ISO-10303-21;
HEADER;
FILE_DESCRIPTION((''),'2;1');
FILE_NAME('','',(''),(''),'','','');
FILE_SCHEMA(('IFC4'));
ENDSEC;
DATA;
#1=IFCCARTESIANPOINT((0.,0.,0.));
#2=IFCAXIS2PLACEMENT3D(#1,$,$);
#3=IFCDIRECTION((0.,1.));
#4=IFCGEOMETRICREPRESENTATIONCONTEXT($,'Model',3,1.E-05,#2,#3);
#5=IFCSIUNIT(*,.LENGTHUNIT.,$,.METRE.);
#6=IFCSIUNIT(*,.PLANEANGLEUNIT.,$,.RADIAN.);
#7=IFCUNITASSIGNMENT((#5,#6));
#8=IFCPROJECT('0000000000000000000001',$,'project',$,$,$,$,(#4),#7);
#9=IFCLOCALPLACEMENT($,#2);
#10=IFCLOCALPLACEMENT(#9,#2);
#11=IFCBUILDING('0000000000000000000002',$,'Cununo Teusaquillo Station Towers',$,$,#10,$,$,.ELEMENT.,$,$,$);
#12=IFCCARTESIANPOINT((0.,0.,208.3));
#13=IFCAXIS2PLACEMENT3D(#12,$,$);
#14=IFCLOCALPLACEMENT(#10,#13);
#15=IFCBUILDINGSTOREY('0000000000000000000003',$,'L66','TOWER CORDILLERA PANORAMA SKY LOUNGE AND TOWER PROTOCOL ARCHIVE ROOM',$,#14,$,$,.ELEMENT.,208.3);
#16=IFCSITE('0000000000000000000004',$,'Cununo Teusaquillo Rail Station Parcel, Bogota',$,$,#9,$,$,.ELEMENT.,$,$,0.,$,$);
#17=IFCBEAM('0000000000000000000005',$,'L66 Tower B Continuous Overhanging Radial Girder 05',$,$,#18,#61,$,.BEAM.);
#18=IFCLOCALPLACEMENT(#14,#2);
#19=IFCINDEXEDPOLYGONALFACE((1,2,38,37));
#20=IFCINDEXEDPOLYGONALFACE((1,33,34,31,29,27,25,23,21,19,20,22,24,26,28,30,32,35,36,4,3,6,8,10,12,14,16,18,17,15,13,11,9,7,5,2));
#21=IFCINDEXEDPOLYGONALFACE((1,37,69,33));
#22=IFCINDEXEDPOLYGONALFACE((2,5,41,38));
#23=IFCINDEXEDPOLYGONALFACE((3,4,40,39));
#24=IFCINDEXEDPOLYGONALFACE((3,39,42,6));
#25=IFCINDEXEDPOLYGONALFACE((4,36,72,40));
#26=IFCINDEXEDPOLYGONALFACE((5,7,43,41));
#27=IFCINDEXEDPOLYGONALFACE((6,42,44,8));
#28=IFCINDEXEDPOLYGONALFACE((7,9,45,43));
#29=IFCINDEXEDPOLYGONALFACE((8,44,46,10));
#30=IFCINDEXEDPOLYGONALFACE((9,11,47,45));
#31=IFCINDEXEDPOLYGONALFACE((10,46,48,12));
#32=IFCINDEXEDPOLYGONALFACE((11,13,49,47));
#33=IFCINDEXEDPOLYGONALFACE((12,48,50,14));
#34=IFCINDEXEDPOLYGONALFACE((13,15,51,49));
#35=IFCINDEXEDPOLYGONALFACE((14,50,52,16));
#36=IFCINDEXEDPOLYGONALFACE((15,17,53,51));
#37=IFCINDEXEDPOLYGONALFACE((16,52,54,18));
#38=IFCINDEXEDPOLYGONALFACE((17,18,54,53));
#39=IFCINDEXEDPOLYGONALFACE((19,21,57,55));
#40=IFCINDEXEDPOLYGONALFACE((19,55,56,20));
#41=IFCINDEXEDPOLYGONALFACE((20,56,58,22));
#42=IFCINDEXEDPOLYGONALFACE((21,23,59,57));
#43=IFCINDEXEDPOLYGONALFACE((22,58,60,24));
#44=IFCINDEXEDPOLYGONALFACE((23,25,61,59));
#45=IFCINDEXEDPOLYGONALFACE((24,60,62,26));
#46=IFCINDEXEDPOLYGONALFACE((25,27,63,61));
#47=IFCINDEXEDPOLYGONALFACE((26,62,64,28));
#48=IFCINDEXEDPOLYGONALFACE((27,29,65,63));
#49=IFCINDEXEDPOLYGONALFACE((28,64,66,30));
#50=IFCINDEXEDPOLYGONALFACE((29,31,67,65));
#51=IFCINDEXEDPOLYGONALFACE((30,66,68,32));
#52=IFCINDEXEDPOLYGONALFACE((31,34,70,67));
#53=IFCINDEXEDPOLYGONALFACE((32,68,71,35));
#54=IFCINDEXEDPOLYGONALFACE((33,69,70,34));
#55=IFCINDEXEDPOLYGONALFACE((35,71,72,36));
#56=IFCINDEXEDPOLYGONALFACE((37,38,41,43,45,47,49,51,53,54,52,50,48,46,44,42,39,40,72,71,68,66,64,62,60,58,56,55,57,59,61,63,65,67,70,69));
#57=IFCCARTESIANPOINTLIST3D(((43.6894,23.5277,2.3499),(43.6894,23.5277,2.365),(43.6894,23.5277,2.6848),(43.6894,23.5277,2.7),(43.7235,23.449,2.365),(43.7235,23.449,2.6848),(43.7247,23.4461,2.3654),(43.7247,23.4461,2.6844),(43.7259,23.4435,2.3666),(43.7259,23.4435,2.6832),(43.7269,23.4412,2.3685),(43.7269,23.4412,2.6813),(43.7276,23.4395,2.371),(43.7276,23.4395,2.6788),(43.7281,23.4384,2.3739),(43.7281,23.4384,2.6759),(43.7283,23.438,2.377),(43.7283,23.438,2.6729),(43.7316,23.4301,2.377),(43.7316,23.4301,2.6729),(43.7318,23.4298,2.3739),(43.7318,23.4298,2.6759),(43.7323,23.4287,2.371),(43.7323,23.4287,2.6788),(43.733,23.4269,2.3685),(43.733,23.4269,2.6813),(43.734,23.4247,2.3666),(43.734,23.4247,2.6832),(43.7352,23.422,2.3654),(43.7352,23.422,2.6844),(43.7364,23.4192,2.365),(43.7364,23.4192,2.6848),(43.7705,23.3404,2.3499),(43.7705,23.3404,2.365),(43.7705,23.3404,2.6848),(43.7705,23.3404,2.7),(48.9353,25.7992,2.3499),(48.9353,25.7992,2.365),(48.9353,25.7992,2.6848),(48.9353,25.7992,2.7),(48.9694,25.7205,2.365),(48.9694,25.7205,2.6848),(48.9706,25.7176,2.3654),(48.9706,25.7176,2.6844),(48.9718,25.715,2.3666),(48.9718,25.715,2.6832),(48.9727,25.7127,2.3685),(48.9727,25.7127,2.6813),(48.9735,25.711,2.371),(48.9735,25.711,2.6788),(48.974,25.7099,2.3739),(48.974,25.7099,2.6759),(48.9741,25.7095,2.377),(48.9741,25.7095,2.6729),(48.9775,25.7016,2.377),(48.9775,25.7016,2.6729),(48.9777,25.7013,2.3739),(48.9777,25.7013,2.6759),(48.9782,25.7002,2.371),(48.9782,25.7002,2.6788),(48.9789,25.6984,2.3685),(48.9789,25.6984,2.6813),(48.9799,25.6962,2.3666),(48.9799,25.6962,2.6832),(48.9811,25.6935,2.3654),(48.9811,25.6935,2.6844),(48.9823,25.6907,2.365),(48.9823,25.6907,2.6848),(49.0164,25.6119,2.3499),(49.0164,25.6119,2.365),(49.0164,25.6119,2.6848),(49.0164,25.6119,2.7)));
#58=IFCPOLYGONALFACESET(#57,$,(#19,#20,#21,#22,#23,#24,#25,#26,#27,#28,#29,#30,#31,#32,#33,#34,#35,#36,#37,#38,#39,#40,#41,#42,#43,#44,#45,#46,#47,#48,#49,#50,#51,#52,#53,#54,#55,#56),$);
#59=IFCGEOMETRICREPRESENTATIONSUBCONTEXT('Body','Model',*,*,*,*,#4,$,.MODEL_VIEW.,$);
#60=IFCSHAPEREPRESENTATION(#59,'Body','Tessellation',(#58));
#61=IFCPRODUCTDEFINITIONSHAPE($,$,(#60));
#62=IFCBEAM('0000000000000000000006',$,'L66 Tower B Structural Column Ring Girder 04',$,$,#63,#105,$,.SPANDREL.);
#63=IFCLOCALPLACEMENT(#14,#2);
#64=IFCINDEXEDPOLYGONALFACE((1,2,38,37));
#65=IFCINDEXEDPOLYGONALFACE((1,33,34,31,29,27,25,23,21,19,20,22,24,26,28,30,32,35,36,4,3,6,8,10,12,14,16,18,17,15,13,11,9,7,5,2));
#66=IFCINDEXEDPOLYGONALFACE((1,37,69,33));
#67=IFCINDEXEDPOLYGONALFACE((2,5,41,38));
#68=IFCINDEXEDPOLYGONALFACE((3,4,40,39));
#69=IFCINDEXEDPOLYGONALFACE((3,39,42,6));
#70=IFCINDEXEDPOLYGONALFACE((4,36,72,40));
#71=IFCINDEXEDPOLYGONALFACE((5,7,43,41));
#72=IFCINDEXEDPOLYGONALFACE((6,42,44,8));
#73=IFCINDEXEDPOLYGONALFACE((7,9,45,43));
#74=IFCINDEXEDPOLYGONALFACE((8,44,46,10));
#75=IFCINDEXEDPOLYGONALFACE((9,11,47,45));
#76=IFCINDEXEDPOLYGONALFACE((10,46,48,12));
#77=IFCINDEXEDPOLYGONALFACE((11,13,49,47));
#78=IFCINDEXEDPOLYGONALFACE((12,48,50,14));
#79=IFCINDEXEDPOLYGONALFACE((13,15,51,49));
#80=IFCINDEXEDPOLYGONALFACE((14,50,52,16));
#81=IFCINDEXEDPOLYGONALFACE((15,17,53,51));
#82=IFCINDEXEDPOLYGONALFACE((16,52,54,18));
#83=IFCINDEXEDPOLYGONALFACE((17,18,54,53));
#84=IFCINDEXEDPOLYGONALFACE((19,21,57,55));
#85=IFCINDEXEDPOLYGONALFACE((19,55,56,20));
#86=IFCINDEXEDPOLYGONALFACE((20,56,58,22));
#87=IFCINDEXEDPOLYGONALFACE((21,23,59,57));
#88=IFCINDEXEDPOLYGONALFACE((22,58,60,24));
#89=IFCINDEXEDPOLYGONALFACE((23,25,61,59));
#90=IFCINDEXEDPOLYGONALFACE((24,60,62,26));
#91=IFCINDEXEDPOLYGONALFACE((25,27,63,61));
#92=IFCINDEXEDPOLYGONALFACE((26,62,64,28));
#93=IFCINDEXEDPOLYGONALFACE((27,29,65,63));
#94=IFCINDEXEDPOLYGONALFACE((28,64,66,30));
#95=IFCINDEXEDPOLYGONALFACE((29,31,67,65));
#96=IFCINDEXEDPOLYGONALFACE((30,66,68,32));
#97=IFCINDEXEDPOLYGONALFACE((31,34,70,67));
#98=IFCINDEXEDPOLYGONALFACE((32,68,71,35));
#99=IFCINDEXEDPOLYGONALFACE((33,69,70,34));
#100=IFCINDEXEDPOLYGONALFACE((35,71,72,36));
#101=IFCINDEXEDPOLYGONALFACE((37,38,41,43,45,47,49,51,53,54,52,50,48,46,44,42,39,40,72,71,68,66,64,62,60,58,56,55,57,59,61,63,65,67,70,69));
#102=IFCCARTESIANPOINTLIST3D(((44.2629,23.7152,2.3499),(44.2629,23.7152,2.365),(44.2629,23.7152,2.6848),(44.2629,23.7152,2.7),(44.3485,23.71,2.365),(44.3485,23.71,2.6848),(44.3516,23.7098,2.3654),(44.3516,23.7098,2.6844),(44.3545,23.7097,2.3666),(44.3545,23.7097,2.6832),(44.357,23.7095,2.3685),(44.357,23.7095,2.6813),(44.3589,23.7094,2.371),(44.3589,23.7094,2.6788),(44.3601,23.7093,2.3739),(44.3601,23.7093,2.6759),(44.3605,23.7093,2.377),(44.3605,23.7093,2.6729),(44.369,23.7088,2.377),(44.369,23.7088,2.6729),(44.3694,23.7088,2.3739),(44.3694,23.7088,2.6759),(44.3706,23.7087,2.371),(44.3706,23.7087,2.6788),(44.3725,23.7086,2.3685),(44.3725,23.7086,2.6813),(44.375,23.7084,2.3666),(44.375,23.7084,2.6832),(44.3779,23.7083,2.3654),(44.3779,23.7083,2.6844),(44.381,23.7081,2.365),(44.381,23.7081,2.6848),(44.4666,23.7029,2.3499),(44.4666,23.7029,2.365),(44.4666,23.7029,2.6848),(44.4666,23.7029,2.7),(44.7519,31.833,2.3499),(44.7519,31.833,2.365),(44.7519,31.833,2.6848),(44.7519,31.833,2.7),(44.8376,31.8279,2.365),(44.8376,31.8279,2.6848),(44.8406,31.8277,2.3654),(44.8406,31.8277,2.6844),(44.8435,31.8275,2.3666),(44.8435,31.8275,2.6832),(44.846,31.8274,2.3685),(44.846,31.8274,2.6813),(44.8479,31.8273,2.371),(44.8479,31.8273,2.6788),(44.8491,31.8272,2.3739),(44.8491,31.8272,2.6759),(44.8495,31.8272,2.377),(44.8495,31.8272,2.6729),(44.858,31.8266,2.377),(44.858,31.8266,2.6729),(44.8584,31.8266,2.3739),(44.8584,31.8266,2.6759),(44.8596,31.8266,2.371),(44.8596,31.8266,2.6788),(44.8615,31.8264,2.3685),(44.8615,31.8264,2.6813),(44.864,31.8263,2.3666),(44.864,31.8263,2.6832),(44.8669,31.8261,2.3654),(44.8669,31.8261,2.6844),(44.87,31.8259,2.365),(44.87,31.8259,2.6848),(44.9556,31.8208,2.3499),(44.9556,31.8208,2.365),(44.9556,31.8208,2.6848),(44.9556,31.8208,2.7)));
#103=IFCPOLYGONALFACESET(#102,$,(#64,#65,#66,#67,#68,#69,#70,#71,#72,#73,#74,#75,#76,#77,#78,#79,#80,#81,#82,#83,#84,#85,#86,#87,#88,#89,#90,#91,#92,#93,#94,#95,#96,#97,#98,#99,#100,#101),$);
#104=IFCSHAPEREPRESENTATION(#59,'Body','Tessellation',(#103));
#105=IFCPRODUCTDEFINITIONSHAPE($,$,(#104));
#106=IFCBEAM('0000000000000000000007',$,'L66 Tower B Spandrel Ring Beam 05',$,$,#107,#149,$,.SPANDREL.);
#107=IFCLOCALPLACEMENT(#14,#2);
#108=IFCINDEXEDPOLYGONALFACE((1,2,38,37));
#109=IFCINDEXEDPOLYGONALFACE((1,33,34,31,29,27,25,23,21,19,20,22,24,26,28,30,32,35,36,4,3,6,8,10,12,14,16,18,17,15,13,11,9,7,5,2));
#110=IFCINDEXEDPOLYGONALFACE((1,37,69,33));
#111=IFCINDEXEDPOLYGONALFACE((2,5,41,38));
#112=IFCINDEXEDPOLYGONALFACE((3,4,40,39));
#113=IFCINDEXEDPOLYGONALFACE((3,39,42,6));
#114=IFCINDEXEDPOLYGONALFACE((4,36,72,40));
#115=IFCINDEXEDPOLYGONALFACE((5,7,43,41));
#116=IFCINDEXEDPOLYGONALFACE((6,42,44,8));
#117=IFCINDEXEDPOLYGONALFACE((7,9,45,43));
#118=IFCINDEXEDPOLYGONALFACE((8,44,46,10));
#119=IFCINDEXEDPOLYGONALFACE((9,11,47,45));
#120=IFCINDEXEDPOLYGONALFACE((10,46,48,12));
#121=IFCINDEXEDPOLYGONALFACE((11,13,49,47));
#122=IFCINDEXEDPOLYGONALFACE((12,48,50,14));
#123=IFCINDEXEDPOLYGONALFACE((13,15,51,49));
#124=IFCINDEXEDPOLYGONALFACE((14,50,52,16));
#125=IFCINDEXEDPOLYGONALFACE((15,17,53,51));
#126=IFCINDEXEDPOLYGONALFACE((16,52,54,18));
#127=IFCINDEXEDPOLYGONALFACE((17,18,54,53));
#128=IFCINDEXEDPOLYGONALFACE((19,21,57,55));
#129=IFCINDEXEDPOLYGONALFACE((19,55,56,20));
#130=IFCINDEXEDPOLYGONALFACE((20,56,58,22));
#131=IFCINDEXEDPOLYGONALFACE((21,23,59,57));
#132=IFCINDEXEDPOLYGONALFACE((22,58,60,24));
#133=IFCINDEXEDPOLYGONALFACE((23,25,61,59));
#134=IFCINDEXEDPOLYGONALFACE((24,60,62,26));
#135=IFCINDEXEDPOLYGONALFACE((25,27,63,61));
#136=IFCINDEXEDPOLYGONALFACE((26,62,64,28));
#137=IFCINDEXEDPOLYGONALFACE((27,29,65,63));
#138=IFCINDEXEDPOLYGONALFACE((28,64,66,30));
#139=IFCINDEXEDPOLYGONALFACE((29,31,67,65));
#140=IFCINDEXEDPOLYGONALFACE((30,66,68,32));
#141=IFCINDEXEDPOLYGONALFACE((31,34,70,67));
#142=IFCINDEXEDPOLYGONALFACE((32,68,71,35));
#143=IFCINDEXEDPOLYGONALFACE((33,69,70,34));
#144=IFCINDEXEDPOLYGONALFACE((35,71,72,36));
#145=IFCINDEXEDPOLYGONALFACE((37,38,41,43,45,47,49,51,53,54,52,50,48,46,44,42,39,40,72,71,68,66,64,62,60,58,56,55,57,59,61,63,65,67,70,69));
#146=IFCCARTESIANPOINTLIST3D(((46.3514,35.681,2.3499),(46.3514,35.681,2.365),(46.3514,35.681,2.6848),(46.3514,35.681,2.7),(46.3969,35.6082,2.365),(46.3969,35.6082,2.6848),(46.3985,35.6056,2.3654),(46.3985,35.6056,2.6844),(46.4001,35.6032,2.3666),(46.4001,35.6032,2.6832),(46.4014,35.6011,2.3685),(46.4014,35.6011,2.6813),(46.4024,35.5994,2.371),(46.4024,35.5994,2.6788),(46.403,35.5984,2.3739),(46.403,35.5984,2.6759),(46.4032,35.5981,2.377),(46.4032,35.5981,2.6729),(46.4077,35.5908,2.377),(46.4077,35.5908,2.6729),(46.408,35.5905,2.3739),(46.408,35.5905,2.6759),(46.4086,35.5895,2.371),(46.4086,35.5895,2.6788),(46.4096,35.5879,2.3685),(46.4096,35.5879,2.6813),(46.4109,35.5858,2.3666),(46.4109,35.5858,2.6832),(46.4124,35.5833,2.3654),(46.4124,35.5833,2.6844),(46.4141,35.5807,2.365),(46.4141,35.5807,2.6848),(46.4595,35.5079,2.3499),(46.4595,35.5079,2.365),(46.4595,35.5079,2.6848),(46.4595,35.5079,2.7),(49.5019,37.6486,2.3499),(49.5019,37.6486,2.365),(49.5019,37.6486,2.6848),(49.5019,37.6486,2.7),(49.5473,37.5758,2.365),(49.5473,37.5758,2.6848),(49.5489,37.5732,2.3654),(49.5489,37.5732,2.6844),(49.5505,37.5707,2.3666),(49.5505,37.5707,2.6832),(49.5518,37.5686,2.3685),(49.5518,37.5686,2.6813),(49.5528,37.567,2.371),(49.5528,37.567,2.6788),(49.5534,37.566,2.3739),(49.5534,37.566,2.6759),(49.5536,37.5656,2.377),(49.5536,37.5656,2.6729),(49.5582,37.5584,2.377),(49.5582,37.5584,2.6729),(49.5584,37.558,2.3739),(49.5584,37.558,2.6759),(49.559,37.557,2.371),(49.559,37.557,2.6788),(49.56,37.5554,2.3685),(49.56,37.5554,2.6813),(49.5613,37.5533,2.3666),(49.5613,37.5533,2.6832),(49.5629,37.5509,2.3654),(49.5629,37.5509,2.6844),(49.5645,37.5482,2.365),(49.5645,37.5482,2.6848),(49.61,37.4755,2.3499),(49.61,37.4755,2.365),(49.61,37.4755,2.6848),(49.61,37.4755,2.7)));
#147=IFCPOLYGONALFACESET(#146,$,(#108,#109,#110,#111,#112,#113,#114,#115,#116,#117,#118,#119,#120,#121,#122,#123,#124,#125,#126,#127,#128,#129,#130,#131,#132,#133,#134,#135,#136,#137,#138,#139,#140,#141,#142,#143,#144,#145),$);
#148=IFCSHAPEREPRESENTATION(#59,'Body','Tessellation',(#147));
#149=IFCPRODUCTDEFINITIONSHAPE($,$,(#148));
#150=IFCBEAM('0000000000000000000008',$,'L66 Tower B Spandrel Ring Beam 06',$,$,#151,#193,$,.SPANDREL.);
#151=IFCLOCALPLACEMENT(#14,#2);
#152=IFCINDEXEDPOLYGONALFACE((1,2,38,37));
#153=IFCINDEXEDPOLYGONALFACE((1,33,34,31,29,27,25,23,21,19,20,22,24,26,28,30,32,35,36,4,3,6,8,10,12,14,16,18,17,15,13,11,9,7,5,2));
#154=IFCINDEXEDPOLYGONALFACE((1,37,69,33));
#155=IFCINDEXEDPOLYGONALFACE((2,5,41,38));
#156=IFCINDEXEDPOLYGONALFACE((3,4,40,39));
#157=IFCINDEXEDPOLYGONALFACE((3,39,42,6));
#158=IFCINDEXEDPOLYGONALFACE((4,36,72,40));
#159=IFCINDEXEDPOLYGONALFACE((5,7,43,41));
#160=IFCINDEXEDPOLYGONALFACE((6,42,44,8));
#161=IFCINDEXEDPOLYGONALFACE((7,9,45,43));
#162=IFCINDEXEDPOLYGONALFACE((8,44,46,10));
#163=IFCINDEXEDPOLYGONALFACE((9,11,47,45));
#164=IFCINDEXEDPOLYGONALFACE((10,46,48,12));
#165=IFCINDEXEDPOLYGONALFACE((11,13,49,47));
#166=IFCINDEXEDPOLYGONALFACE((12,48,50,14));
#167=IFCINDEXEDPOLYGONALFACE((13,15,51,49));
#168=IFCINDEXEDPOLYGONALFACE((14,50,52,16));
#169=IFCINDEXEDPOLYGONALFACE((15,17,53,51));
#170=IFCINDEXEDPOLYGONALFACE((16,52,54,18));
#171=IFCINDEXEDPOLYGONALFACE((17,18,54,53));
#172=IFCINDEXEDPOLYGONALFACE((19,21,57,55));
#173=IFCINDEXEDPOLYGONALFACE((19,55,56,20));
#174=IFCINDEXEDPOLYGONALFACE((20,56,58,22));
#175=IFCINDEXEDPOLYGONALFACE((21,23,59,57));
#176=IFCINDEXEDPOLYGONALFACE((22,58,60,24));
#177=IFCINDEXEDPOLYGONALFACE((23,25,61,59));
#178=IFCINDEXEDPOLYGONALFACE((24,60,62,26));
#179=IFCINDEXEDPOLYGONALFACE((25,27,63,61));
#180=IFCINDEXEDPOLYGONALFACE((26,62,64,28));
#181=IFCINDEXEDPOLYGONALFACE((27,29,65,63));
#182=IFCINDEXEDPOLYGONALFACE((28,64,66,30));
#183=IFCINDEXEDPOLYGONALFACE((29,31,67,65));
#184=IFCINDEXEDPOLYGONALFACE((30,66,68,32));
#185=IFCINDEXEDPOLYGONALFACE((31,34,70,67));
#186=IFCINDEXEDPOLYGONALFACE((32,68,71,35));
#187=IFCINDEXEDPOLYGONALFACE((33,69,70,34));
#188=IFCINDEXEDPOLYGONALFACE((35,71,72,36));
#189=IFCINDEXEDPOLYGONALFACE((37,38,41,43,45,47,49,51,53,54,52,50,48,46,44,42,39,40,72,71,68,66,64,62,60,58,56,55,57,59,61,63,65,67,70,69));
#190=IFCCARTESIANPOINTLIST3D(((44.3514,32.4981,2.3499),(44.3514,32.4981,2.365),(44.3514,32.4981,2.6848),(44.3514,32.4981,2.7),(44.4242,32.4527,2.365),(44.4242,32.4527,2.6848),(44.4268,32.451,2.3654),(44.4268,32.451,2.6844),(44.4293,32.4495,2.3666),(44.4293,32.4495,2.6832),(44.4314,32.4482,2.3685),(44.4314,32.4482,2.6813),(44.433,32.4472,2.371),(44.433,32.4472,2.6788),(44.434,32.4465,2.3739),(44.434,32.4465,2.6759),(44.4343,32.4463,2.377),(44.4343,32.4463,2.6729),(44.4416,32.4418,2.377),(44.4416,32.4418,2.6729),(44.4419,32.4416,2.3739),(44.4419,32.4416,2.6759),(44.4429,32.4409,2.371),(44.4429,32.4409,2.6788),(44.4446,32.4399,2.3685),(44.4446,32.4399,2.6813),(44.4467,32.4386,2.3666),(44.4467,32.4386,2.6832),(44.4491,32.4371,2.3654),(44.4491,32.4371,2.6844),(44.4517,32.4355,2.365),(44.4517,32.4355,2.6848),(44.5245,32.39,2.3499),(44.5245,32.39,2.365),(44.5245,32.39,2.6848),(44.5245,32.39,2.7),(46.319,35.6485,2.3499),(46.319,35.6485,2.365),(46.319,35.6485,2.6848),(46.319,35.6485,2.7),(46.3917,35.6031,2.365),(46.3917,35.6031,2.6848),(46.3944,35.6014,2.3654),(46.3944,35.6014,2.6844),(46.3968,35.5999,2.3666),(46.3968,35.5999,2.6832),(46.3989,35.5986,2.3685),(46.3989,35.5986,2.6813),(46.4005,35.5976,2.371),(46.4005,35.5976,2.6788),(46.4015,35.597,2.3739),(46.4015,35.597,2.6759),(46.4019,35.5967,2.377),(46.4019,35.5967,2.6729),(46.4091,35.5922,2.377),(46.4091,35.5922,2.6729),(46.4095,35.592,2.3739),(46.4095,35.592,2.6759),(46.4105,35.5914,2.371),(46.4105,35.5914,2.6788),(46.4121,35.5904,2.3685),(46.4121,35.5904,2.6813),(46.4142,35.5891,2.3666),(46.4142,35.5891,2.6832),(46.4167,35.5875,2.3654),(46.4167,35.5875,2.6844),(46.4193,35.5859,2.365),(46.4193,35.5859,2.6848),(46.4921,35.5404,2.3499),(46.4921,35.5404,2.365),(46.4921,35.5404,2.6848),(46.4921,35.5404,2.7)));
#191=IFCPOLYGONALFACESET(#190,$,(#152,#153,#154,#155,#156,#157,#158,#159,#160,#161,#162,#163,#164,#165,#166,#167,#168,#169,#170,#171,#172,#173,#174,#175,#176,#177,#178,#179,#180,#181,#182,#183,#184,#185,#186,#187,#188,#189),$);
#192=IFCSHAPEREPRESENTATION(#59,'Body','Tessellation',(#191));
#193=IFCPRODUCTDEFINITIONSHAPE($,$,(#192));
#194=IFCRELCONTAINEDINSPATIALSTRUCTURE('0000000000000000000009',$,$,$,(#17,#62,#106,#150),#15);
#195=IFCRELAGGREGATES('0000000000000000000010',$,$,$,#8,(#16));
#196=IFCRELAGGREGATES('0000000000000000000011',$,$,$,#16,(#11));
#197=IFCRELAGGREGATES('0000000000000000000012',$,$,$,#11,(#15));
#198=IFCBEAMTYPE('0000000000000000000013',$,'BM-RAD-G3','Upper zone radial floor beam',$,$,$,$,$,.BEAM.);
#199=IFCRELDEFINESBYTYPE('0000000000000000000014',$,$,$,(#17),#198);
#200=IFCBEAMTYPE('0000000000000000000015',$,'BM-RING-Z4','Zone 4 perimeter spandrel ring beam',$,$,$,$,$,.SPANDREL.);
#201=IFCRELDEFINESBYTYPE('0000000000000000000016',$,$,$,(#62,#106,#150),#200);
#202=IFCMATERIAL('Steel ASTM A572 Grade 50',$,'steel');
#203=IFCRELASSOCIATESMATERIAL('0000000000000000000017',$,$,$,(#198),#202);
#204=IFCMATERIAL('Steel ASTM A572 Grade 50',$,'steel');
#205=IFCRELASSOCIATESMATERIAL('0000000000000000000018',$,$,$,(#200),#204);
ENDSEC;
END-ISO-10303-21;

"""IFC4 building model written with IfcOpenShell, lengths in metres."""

from ifc_helpers import new_model, si_unit, direction, frame, origin, origin_2d, place, context, subcontext, project, spatial, i_section, extrude, material, material_profile, profile_set, type_object, element, save


model = new_model("IFC4")

# Units and contexts
model_context = context("Model", 3, precision=1e-05, world=origin(), true_north=direction((0.0, 1.0)))
body_context = subcontext(model_context, "Body", "Model", "MODEL_VIEW")
ifc_project = project(units=[si_unit("LENGTHUNIT", "METRE"), si_unit("PLANEANGLEUNIT", "RADIAN")], contexts=[model_context])

# Site, building, storey
site_placement = place(None, origin())
site = spatial("IfcSite", under=ifc_project, at=site_placement, Name="Cununo Teusaquillo Rail Station Parcel, Bogota", CompositionType="ELEMENT", RefElevation=0.0)
building_placement = place(site_placement, origin())
building = spatial("IfcBuilding", under=site, at=building_placement, Name="Cununo Teusaquillo Station Towers", CompositionType="ELEMENT")
storey_placement = place(building_placement, frame((0.0, 0.0, 208.3)))
storey = spatial("IfcBuildingStorey", under=building, at=storey_placement, Name="L66", Description="TOWER CORDILLERA PANORAMA SKY LOUNGE AND TOWER PROTOCOL ARCHIVE ROOM", CompositionType="ELEMENT", Elevation=208.3)

# Beams
ifc_material_1 = material(Name="Steel ASTM A572 Grade 50", Category="steel")
ifc_material_profile_1 = material_profile(ifc_material_1, i_section(OverallWidth=0.2041, OverallDepth=0.3501, WebThickness=0.0085, FlangeThickness=0.0151, FilletRadius=0.012, at=origin_2d()), Name="W14X48")
ifc_profile_set_1 = profile_set([ifc_material_profile_1], Name="Steel ASTM A572 Grade 50")
beam_type_1 = type_object("IfcBeamType", Name="BM-RAD-G3", Description="Upper zone radial floor beam", PredefinedType="BEAM", material=ifc_profile_set_1)
beam_1_placement = place(storey_placement, frame((48.9758, 25.7056, 2.5249), z_axis=(-0.917665, -0.397355, 0.0), x_axis=(0.397355, -0.917665, 0.0)))
element("IfcBeam", 1, at=beam_1_placement, inside=storey, type_object=beam_type_1, Name="L66 Tower B Continuous Overhanging Radial Girder 05", PredefinedType="BEAM", context=body_context, shape_type="SweptSolid", body=[
    extrude(i_section(OverallWidth=0.2041, OverallDepth=0.3501, WebThickness=0.0085, FlangeThickness=0.0151, FilletRadius=0.012, at=origin_2d()), origin(), (0.0, 0.0, 1.0), 5.7166),
])
ifc_material_2 = material(Name="Steel ASTM A572 Grade 50", Category="steel")
ifc_material_profile_2 = material_profile(ifc_material_2, i_section(OverallWidth=0.2041, OverallDepth=0.3501, WebThickness=0.0085, FlangeThickness=0.0151, FilletRadius=0.012, at=origin_2d()), Name="W14X48")
ifc_profile_set_2 = profile_set([ifc_material_profile_2], Name="Steel ASTM A572 Grade 50")
beam_type_2 = type_object("IfcBeamType", Name="BM-RING-Z4", Description="Zone 4 perimeter spandrel ring beam", PredefinedType="SPANDREL", material=ifc_profile_set_2)
beam_2_placement = place(storey_placement, frame((44.8538, 31.8269, 2.5249), z_axis=(-0.06013, -0.998191, 0.0), x_axis=(0.998191, -0.06013, 0.0)))
element("IfcBeam", 2, at=beam_2_placement, inside=storey, type_object=beam_type_2, Name="L66 Tower B Structural Column Ring Girder 04", PredefinedType="SPANDREL", context=body_context, shape_type="SweptSolid", body=[
    extrude(i_section(OverallWidth=0.2041, OverallDepth=0.3501, WebThickness=0.0085, FlangeThickness=0.0151, FilletRadius=0.012, at=origin_2d()), origin(), (0.0, 0.0, 1.0), 8.1326),
])
for number, where, z_axis, x_axis, name in (
    (3, (49.5559, 37.562, 2.5249), (-0.848176, -0.529715, 0.0), (0.529715, -0.848176, 0.0), "L66 Tower B Spandrel Ring Beam 05"),
    (4, (46.4055, 35.5945, 2.5249), (-0.529715, -0.848176, 0.0), (0.848176, -0.529715, 0.0), "L66 Tower B Spandrel Ring Beam 06"),
):
    element("IfcBeam", number, at=place(storey_placement, frame(where, z_axis=z_axis, x_axis=x_axis)), inside=storey, type_object=beam_type_2, Name=name, PredefinedType="SPANDREL", context=body_context, shape_type="SweptSolid", body=[
        extrude(i_section(OverallWidth=0.2041, OverallDepth=0.3501, WebThickness=0.0085, FlangeThickness=0.0151, FilletRadius=0.012, at=origin_2d()), origin(), (0.0, 0.0, 1.0), 3.7144),
    ])

save(model, "model.ifc")
